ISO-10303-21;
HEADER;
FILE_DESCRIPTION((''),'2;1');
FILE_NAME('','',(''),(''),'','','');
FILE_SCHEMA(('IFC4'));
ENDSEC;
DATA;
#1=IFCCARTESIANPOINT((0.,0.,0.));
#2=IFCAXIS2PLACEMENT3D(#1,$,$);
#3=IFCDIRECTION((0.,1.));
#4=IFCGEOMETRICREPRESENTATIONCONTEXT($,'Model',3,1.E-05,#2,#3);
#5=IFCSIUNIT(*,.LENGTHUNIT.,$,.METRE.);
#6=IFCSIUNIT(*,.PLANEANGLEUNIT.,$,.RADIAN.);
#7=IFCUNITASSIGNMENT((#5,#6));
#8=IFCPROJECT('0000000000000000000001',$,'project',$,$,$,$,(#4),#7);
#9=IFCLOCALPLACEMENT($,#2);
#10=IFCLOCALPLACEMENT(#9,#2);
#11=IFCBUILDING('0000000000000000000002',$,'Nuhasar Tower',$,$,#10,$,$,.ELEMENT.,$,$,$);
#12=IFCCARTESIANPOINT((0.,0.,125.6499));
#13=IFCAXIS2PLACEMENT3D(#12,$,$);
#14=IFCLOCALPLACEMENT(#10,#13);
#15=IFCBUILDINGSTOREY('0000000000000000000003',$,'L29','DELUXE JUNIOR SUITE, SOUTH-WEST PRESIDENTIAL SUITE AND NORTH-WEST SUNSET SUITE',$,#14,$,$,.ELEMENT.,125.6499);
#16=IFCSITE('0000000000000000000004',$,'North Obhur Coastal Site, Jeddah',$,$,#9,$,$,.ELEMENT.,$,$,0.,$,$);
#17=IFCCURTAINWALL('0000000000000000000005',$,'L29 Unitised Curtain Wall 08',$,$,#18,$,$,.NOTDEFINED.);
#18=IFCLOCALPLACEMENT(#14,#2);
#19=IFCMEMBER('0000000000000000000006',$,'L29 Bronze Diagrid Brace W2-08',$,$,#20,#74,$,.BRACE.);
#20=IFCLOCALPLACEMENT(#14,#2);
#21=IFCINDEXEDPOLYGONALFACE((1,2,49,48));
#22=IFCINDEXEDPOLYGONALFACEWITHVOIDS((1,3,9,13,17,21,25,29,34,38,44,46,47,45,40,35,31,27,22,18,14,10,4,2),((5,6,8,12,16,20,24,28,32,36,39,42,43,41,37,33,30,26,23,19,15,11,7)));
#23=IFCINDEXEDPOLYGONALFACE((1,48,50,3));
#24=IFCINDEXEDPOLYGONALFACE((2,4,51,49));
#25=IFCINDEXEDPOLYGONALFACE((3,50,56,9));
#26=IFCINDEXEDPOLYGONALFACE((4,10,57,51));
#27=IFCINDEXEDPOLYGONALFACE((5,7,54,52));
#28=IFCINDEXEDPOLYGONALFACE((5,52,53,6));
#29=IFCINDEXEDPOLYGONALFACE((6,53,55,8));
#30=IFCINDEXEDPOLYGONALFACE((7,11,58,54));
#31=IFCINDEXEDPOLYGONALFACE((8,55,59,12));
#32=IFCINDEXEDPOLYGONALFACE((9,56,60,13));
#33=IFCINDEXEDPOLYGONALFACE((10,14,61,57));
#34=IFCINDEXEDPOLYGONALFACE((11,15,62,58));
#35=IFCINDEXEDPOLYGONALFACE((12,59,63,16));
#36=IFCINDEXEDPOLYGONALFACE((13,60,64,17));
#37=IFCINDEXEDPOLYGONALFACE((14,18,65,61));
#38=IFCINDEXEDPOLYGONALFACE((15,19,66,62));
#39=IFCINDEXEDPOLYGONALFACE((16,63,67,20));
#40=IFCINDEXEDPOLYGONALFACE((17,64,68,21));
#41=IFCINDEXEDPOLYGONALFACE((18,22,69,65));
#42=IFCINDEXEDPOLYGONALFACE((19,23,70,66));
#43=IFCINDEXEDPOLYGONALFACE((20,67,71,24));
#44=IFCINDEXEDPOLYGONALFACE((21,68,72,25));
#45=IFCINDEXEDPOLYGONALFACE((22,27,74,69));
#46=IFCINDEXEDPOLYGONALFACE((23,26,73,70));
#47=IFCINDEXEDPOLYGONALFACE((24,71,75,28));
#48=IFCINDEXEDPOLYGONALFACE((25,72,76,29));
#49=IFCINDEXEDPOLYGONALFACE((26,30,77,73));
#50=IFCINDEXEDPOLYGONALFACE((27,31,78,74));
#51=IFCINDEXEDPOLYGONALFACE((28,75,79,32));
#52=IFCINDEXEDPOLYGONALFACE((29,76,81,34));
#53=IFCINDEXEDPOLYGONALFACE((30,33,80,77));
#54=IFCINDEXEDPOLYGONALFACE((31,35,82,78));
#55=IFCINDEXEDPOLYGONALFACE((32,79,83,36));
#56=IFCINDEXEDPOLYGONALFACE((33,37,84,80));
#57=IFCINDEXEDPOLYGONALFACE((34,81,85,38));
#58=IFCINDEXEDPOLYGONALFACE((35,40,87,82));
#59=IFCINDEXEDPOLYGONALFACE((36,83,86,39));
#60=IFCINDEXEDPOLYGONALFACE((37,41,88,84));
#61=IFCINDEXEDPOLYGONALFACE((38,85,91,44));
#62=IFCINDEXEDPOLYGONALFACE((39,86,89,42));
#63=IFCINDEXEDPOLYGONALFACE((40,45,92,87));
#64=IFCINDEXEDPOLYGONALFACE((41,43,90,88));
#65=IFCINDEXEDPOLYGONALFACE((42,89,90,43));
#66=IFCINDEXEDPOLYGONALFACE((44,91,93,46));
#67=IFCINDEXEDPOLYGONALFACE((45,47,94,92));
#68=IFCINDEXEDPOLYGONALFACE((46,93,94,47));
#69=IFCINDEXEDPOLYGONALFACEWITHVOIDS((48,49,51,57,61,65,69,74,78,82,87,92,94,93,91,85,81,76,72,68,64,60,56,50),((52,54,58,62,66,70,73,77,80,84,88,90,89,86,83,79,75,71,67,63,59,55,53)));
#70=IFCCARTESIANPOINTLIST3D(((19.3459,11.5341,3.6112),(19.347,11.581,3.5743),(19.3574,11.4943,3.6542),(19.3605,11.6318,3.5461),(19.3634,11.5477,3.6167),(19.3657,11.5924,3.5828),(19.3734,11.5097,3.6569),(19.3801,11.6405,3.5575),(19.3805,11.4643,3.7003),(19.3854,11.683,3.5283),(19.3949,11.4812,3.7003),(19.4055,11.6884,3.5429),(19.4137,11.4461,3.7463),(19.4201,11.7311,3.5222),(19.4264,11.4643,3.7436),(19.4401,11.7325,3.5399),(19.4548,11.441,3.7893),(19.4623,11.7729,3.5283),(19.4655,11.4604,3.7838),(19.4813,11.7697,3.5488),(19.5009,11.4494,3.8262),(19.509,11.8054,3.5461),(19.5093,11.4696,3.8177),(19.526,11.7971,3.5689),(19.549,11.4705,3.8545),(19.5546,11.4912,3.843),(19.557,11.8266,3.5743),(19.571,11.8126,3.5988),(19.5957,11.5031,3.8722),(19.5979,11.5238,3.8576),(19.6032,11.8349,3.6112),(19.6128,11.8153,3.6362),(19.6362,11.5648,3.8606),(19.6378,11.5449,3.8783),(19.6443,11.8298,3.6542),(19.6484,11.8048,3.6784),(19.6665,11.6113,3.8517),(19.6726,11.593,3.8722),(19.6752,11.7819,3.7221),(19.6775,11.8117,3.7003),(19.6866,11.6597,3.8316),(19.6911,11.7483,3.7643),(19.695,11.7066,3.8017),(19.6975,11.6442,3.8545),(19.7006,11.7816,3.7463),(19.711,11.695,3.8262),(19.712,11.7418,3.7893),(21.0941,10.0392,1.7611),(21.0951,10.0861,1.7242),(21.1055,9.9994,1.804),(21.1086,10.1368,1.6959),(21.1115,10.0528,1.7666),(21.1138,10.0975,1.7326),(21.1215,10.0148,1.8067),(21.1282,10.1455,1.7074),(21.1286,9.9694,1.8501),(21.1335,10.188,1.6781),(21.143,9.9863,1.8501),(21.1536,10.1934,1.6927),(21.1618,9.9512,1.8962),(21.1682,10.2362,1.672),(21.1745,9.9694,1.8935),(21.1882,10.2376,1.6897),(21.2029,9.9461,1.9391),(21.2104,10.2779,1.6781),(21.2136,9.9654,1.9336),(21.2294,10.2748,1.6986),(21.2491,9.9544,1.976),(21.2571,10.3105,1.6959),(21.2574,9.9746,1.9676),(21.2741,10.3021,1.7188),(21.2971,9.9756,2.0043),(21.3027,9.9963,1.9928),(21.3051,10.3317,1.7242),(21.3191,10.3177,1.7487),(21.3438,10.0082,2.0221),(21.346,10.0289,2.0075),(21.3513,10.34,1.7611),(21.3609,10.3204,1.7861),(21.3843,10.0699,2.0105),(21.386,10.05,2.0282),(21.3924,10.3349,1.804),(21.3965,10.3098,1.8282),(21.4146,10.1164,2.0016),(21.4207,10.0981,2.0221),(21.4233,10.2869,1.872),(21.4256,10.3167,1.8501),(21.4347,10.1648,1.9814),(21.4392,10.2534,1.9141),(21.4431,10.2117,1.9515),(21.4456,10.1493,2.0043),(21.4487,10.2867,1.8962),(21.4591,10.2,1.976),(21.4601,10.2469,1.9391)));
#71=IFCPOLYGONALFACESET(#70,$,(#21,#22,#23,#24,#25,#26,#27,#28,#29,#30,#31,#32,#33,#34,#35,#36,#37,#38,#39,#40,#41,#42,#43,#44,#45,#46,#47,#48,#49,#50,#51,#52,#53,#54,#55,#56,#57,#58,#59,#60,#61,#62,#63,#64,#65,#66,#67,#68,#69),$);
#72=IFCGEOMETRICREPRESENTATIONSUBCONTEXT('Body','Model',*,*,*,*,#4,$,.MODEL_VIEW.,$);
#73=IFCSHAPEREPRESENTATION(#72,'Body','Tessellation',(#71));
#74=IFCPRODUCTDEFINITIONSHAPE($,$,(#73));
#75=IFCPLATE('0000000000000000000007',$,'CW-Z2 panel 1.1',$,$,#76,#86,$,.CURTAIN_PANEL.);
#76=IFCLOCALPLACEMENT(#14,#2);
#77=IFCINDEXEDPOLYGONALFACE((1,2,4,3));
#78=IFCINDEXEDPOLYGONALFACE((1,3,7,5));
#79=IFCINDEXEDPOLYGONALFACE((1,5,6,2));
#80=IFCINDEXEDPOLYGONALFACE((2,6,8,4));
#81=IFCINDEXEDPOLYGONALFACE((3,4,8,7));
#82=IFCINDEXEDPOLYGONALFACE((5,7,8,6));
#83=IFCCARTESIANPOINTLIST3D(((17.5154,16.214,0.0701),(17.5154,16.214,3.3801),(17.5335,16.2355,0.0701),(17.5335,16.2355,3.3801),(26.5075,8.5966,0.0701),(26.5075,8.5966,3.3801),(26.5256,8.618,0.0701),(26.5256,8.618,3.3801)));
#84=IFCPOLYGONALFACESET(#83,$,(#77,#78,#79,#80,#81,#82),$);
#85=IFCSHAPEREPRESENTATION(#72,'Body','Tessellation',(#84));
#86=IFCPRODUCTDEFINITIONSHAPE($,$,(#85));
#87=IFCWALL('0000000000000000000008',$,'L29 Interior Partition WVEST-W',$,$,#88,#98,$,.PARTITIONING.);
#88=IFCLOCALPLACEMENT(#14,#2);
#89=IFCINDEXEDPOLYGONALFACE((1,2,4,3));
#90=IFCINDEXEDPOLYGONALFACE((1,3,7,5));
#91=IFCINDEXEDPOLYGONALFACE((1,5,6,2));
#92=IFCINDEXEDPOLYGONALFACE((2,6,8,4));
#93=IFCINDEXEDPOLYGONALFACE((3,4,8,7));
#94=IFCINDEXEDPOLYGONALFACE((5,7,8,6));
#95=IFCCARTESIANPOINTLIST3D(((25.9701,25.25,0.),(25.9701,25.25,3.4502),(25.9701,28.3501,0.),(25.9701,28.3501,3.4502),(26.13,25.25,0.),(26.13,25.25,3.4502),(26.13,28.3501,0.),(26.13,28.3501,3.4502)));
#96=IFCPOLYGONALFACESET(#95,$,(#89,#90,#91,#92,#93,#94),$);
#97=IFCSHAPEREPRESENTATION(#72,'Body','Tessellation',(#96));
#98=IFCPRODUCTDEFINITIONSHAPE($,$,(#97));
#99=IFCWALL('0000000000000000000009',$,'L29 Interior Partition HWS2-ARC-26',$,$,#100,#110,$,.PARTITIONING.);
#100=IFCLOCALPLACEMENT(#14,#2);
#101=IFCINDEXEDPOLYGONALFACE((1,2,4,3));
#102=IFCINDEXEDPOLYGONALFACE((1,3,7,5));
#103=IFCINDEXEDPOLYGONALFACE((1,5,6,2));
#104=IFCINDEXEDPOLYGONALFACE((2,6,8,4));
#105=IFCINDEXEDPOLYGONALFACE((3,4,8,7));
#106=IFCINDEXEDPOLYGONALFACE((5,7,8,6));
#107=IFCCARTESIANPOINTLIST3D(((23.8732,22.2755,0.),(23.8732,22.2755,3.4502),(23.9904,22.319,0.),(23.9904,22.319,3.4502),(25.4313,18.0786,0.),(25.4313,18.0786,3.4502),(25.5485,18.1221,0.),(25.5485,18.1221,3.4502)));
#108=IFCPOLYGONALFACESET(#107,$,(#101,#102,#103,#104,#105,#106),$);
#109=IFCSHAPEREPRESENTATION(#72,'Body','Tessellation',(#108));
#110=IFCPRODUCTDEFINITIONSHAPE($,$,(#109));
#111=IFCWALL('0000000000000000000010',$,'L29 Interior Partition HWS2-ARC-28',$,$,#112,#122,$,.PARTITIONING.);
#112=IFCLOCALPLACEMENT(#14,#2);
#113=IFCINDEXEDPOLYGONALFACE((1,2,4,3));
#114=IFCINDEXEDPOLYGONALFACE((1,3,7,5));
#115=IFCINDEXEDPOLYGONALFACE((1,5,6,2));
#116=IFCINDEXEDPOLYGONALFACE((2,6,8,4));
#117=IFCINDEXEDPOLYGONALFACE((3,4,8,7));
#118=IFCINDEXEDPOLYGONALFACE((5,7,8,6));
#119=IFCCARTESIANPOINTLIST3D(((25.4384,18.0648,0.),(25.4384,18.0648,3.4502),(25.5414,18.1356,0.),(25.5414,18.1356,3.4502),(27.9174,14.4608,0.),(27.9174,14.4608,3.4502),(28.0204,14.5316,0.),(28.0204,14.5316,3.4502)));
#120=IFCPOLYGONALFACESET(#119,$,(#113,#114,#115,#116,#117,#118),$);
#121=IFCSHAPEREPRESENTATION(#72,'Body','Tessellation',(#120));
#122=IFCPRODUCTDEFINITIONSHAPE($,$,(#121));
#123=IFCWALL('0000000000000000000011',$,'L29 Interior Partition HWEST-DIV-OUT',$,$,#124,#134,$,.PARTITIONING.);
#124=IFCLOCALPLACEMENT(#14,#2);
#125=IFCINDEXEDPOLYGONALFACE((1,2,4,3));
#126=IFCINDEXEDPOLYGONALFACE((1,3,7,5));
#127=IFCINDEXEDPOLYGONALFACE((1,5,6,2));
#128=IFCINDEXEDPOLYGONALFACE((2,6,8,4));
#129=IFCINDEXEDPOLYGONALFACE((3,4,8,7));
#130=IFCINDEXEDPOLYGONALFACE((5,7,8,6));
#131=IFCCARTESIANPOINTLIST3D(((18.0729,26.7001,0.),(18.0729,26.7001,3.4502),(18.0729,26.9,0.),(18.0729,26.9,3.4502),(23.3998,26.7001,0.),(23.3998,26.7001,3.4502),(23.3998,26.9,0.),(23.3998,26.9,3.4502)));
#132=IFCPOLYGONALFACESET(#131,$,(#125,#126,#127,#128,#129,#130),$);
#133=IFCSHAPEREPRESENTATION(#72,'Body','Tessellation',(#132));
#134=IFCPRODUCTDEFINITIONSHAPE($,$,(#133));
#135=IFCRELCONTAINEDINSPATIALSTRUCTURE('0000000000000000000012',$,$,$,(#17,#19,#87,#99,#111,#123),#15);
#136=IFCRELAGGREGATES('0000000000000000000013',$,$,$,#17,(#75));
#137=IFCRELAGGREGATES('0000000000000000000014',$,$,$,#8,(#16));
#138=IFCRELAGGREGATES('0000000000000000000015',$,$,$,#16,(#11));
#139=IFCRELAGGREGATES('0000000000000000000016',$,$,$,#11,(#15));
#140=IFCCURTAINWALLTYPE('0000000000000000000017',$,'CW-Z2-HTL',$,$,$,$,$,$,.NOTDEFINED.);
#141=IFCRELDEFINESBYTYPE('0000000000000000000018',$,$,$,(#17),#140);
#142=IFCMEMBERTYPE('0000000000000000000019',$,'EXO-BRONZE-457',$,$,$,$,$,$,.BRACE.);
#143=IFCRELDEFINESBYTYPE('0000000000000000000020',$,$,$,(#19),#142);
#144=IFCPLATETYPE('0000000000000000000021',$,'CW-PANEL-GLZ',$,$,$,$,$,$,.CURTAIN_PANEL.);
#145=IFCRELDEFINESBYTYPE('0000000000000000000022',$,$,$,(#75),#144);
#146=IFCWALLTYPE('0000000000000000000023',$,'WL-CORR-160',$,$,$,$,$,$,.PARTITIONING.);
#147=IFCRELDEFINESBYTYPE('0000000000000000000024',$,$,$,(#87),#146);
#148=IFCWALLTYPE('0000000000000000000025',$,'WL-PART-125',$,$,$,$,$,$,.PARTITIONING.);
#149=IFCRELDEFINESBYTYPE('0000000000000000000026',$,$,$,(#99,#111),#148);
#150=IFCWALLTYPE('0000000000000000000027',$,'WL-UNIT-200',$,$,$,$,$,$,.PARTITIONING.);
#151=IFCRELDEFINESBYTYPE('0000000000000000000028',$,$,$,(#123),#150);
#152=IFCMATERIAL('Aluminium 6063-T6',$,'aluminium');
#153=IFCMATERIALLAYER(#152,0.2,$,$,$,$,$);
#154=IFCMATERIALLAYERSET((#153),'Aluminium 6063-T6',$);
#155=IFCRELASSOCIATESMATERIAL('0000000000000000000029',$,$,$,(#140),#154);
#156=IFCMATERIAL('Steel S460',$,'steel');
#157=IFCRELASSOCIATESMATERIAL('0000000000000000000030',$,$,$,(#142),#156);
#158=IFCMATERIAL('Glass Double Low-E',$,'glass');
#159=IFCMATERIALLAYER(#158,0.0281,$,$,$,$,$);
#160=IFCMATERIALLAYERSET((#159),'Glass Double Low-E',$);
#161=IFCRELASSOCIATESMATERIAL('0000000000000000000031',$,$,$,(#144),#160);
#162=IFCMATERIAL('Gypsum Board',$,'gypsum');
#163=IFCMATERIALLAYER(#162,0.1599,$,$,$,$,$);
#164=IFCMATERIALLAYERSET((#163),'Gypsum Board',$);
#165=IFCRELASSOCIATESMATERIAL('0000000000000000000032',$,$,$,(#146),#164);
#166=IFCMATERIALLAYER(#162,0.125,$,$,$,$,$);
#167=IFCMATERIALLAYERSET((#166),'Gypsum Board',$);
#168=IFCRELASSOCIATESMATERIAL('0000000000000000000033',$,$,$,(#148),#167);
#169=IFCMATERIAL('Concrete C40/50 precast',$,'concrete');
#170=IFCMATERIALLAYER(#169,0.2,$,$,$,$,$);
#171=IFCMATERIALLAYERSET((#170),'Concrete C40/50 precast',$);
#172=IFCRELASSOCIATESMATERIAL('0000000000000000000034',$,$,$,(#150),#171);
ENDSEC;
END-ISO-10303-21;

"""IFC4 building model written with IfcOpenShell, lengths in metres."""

from ifc_helpers import new_model, si_unit, direction, frame, frame_2d, origin, origin_2d, place, context, subcontext, project, spatial, rectangle, hollow_circle, extrude, material, layer, layer_set, material_profile, profile_set, type_object, element, aggregate, save


model = new_model("IFC4")

# Units and contexts
model_context = context("Model", 3, precision=1e-05, world=origin(), true_north=direction((0.0, 1.0)))
body_context = subcontext(model_context, "Body", "Model", "MODEL_VIEW")
ifc_project = project(units=[si_unit("LENGTHUNIT", "METRE"), si_unit("PLANEANGLEUNIT", "RADIAN")], contexts=[model_context])

# Site, building, storey
site_placement = place(None, origin())
site = spatial("IfcSite", under=ifc_project, at=site_placement, Name="North Obhur Coastal Site, Jeddah", CompositionType="ELEMENT", RefElevation=0.0)
building_placement = place(site_placement, origin())
building = spatial("IfcBuilding", under=site, at=building_placement, Name="Nuhasar Tower", CompositionType="ELEMENT")
storey_placement = place(building_placement, frame((0.0, 0.0, 125.6499)))
storey = spatial("IfcBuildingStorey", under=building, at=storey_placement, Name="L29", Description="DELUXE JUNIOR SUITE, SOUTH-WEST PRESIDENTIAL SUITE AND NORTH-WEST SUNSET SUITE", CompositionType="ELEMENT", Elevation=125.6499)

# Curtain wall
ifc_material_1 = material(Name="Aluminium 6063-T6", Category="aluminium")
ifc_layer_1 = layer(ifc_material_1, 0.2)
ifc_layer_set_1 = layer_set([ifc_layer_1], Name="Aluminium 6063-T6")
curtain_wall_type = type_object("IfcCurtainWallType", Name="CW-Z2-HTL", PredefinedType="NOTDEFINED", material=ifc_layer_set_1)
curtain_wall_1_placement = place(storey_placement, origin())
curtain_wall_1 = element("IfcCurtainWall", 1, at=curtain_wall_1_placement, inside=storey, type_object=curtain_wall_type, Name="L29 Unitised Curtain Wall 08", PredefinedType="NOTDEFINED")

# Member
ifc_material_2 = material(Name="Steel S460", Category="steel")
ifc_material_profile_1 = material_profile(ifc_material_2, hollow_circle(Radius=0.2285, WallThickness=0.0222, at=origin_2d()), Name="HSS457X22.2")
ifc_profile_set_1 = profile_set([ifc_material_profile_1], Name="Steel S460")
member_type_1 = type_object("IfcMemberType", Name="EXO-BRONZE-457", PredefinedType="BRACE", material=ifc_profile_set_1)
for number, where, z_axis, x_axis, name in (
    (2, (21.2771, 10.1431, 1.8501), (-0.592195, 0.506426, 0.626767), (-0.649926, -0.759998, 0.0), "L29 Bronze Diagrid Brace W2-08"),
):
    element("IfcMember", number, at=place(storey_placement, frame(where, z_axis=z_axis, x_axis=x_axis)), inside=storey, type_object=member_type_1, Name=name, PredefinedType="BRACE", context=body_context, shape_type="SweptSolid", body=[
        extrude(hollow_circle(Radius=0.2285, WallThickness=0.0222, at=origin_2d()), origin(), (0.0, 0.0, 1.0), 2.9519),
    ])

# Plate
ifc_material_3 = material(Name="Glass Double Low-E", Category="glass")
ifc_layer_2 = layer(ifc_material_3, 0.0281)
ifc_layer_set_2 = layer_set([ifc_layer_2], Name="Glass Double Low-E")
plate_type = type_object("IfcPlateType", Name="CW-PANEL-GLZ", PredefinedType="CURTAIN_PANEL", material=ifc_layer_set_2)
plate_placement = place(storey_placement, frame((22.0205, 12.416, 0.0701), z_axis=(0.0, 0.0, 1.0), x_axis=(0.76302, -0.646374, 0.0)))
plate = element("IfcPlate", 3, at=plate_placement, type_object=plate_type, Name="CW-Z2 panel 1.1", PredefinedType="CURTAIN_PANEL", context=body_context, shape_type="SweptSolid", body=[
    extrude(rectangle(XDim=11.7849, YDim=0.0281, at=origin_2d()), origin(), (0.0, 0.0, 1.0), 3.3101),
])
aggregate(curtain_wall_1, [plate])

# Shared definitions
ifc_material_4 = material(Name="Gypsum Board", Category="gypsum")
ifc_layer_3 = layer(ifc_material_4, 0.1599)
ifc_layer_set_3 = layer_set([ifc_layer_3], Name="Gypsum Board")
wall_type_1 = type_object("IfcWallType", Name="WL-CORR-160", PredefinedType="PARTITIONING", material=ifc_layer_set_3)

# Walls
wall_1_placement = place(storey_placement, frame((26.05, 25.25, 0.0), z_axis=(0.0, 0.0, 1.0), x_axis=(0.0, 1.0, 0.0)))
element("IfcWall", 4, at=wall_1_placement, inside=storey, type_object=wall_type_1, Name="L29 Interior Partition WVEST-W", PredefinedType="PARTITIONING", context=body_context, shape_type="SweptSolid", body=[
    extrude(rectangle(XDim=3.1001, YDim=0.1599, at=frame_2d((1.55, 0.0))), origin(), (0.0, 0.0, 1.0), 3.4502),
])
ifc_layer_4 = layer(ifc_material_4, 0.125)
ifc_layer_set_4 = layer_set([ifc_layer_4], Name="Gypsum Board")
wall_type_2 = type_object("IfcWallType", Name="WL-PART-125", PredefinedType="PARTITIONING", material=ifc_layer_set_4)
wall_2_placement = place(storey_placement, frame((23.9319, 22.2971, 0.0), z_axis=(0.0, 0.0, 1.0), x_axis=(0.348032, -0.937483, 0.0)))
element("IfcWall", 5, at=wall_2_placement, inside=storey, type_object=wall_type_2, Name="L29 Interior Partition HWS2-ARC-26", PredefinedType="PARTITIONING", context=body_context, shape_type="SweptSolid", body=[
    extrude(rectangle(XDim=4.4768, YDim=0.125, at=frame_2d((2.2383, 0.0))), origin(), (0.0, 0.0, 1.0), 3.4502),
])
wall_3_placement = place(storey_placement, frame((25.49, 18.1001, 0.0), z_axis=(0.0, 0.0, 1.0), x_axis=(0.566723, -0.823908, 0.0)))
element("IfcWall", 6, at=wall_3_placement, inside=storey, type_object=wall_type_2, Name="L29 Interior Partition HWS2-ARC-28", PredefinedType="PARTITIONING", context=body_context, shape_type="SweptSolid", body=[
    extrude(rectangle(XDim=4.3743, YDim=0.125, at=frame_2d((2.187, 0.0))), origin(), (0.0, 0.0, 1.0), 3.4502),
])
ifc_material_5 = material(Name="Concrete C40/50 precast", Category="concrete")
ifc_layer_5 = layer(ifc_material_5, 0.2)
ifc_layer_set_5 = layer_set([ifc_layer_5], Name="Concrete C40/50 precast")
wall_type_3 = type_object("IfcWallType", Name="WL-UNIT-200", PredefinedType="PARTITIONING", material=ifc_layer_set_5)
wall_4_placement = place(storey_placement, frame((23.3999, 26.8, 0.0), z_axis=(0.0, 0.0, 1.0), x_axis=(-1.0, 0.0, 0.0)))
element("IfcWall", 7, at=wall_4_placement, inside=storey, type_object=wall_type_3, Name="L29 Interior Partition HWEST-DIV-OUT", PredefinedType="PARTITIONING", context=body_context, shape_type="SweptSolid", body=[
    extrude(rectangle(XDim=5.3269, YDim=0.2, at=frame_2d((2.6636, 0.0))), origin(), (0.0, 0.0, 1.0), 3.4502),
])

save(model, "model.ifc")
